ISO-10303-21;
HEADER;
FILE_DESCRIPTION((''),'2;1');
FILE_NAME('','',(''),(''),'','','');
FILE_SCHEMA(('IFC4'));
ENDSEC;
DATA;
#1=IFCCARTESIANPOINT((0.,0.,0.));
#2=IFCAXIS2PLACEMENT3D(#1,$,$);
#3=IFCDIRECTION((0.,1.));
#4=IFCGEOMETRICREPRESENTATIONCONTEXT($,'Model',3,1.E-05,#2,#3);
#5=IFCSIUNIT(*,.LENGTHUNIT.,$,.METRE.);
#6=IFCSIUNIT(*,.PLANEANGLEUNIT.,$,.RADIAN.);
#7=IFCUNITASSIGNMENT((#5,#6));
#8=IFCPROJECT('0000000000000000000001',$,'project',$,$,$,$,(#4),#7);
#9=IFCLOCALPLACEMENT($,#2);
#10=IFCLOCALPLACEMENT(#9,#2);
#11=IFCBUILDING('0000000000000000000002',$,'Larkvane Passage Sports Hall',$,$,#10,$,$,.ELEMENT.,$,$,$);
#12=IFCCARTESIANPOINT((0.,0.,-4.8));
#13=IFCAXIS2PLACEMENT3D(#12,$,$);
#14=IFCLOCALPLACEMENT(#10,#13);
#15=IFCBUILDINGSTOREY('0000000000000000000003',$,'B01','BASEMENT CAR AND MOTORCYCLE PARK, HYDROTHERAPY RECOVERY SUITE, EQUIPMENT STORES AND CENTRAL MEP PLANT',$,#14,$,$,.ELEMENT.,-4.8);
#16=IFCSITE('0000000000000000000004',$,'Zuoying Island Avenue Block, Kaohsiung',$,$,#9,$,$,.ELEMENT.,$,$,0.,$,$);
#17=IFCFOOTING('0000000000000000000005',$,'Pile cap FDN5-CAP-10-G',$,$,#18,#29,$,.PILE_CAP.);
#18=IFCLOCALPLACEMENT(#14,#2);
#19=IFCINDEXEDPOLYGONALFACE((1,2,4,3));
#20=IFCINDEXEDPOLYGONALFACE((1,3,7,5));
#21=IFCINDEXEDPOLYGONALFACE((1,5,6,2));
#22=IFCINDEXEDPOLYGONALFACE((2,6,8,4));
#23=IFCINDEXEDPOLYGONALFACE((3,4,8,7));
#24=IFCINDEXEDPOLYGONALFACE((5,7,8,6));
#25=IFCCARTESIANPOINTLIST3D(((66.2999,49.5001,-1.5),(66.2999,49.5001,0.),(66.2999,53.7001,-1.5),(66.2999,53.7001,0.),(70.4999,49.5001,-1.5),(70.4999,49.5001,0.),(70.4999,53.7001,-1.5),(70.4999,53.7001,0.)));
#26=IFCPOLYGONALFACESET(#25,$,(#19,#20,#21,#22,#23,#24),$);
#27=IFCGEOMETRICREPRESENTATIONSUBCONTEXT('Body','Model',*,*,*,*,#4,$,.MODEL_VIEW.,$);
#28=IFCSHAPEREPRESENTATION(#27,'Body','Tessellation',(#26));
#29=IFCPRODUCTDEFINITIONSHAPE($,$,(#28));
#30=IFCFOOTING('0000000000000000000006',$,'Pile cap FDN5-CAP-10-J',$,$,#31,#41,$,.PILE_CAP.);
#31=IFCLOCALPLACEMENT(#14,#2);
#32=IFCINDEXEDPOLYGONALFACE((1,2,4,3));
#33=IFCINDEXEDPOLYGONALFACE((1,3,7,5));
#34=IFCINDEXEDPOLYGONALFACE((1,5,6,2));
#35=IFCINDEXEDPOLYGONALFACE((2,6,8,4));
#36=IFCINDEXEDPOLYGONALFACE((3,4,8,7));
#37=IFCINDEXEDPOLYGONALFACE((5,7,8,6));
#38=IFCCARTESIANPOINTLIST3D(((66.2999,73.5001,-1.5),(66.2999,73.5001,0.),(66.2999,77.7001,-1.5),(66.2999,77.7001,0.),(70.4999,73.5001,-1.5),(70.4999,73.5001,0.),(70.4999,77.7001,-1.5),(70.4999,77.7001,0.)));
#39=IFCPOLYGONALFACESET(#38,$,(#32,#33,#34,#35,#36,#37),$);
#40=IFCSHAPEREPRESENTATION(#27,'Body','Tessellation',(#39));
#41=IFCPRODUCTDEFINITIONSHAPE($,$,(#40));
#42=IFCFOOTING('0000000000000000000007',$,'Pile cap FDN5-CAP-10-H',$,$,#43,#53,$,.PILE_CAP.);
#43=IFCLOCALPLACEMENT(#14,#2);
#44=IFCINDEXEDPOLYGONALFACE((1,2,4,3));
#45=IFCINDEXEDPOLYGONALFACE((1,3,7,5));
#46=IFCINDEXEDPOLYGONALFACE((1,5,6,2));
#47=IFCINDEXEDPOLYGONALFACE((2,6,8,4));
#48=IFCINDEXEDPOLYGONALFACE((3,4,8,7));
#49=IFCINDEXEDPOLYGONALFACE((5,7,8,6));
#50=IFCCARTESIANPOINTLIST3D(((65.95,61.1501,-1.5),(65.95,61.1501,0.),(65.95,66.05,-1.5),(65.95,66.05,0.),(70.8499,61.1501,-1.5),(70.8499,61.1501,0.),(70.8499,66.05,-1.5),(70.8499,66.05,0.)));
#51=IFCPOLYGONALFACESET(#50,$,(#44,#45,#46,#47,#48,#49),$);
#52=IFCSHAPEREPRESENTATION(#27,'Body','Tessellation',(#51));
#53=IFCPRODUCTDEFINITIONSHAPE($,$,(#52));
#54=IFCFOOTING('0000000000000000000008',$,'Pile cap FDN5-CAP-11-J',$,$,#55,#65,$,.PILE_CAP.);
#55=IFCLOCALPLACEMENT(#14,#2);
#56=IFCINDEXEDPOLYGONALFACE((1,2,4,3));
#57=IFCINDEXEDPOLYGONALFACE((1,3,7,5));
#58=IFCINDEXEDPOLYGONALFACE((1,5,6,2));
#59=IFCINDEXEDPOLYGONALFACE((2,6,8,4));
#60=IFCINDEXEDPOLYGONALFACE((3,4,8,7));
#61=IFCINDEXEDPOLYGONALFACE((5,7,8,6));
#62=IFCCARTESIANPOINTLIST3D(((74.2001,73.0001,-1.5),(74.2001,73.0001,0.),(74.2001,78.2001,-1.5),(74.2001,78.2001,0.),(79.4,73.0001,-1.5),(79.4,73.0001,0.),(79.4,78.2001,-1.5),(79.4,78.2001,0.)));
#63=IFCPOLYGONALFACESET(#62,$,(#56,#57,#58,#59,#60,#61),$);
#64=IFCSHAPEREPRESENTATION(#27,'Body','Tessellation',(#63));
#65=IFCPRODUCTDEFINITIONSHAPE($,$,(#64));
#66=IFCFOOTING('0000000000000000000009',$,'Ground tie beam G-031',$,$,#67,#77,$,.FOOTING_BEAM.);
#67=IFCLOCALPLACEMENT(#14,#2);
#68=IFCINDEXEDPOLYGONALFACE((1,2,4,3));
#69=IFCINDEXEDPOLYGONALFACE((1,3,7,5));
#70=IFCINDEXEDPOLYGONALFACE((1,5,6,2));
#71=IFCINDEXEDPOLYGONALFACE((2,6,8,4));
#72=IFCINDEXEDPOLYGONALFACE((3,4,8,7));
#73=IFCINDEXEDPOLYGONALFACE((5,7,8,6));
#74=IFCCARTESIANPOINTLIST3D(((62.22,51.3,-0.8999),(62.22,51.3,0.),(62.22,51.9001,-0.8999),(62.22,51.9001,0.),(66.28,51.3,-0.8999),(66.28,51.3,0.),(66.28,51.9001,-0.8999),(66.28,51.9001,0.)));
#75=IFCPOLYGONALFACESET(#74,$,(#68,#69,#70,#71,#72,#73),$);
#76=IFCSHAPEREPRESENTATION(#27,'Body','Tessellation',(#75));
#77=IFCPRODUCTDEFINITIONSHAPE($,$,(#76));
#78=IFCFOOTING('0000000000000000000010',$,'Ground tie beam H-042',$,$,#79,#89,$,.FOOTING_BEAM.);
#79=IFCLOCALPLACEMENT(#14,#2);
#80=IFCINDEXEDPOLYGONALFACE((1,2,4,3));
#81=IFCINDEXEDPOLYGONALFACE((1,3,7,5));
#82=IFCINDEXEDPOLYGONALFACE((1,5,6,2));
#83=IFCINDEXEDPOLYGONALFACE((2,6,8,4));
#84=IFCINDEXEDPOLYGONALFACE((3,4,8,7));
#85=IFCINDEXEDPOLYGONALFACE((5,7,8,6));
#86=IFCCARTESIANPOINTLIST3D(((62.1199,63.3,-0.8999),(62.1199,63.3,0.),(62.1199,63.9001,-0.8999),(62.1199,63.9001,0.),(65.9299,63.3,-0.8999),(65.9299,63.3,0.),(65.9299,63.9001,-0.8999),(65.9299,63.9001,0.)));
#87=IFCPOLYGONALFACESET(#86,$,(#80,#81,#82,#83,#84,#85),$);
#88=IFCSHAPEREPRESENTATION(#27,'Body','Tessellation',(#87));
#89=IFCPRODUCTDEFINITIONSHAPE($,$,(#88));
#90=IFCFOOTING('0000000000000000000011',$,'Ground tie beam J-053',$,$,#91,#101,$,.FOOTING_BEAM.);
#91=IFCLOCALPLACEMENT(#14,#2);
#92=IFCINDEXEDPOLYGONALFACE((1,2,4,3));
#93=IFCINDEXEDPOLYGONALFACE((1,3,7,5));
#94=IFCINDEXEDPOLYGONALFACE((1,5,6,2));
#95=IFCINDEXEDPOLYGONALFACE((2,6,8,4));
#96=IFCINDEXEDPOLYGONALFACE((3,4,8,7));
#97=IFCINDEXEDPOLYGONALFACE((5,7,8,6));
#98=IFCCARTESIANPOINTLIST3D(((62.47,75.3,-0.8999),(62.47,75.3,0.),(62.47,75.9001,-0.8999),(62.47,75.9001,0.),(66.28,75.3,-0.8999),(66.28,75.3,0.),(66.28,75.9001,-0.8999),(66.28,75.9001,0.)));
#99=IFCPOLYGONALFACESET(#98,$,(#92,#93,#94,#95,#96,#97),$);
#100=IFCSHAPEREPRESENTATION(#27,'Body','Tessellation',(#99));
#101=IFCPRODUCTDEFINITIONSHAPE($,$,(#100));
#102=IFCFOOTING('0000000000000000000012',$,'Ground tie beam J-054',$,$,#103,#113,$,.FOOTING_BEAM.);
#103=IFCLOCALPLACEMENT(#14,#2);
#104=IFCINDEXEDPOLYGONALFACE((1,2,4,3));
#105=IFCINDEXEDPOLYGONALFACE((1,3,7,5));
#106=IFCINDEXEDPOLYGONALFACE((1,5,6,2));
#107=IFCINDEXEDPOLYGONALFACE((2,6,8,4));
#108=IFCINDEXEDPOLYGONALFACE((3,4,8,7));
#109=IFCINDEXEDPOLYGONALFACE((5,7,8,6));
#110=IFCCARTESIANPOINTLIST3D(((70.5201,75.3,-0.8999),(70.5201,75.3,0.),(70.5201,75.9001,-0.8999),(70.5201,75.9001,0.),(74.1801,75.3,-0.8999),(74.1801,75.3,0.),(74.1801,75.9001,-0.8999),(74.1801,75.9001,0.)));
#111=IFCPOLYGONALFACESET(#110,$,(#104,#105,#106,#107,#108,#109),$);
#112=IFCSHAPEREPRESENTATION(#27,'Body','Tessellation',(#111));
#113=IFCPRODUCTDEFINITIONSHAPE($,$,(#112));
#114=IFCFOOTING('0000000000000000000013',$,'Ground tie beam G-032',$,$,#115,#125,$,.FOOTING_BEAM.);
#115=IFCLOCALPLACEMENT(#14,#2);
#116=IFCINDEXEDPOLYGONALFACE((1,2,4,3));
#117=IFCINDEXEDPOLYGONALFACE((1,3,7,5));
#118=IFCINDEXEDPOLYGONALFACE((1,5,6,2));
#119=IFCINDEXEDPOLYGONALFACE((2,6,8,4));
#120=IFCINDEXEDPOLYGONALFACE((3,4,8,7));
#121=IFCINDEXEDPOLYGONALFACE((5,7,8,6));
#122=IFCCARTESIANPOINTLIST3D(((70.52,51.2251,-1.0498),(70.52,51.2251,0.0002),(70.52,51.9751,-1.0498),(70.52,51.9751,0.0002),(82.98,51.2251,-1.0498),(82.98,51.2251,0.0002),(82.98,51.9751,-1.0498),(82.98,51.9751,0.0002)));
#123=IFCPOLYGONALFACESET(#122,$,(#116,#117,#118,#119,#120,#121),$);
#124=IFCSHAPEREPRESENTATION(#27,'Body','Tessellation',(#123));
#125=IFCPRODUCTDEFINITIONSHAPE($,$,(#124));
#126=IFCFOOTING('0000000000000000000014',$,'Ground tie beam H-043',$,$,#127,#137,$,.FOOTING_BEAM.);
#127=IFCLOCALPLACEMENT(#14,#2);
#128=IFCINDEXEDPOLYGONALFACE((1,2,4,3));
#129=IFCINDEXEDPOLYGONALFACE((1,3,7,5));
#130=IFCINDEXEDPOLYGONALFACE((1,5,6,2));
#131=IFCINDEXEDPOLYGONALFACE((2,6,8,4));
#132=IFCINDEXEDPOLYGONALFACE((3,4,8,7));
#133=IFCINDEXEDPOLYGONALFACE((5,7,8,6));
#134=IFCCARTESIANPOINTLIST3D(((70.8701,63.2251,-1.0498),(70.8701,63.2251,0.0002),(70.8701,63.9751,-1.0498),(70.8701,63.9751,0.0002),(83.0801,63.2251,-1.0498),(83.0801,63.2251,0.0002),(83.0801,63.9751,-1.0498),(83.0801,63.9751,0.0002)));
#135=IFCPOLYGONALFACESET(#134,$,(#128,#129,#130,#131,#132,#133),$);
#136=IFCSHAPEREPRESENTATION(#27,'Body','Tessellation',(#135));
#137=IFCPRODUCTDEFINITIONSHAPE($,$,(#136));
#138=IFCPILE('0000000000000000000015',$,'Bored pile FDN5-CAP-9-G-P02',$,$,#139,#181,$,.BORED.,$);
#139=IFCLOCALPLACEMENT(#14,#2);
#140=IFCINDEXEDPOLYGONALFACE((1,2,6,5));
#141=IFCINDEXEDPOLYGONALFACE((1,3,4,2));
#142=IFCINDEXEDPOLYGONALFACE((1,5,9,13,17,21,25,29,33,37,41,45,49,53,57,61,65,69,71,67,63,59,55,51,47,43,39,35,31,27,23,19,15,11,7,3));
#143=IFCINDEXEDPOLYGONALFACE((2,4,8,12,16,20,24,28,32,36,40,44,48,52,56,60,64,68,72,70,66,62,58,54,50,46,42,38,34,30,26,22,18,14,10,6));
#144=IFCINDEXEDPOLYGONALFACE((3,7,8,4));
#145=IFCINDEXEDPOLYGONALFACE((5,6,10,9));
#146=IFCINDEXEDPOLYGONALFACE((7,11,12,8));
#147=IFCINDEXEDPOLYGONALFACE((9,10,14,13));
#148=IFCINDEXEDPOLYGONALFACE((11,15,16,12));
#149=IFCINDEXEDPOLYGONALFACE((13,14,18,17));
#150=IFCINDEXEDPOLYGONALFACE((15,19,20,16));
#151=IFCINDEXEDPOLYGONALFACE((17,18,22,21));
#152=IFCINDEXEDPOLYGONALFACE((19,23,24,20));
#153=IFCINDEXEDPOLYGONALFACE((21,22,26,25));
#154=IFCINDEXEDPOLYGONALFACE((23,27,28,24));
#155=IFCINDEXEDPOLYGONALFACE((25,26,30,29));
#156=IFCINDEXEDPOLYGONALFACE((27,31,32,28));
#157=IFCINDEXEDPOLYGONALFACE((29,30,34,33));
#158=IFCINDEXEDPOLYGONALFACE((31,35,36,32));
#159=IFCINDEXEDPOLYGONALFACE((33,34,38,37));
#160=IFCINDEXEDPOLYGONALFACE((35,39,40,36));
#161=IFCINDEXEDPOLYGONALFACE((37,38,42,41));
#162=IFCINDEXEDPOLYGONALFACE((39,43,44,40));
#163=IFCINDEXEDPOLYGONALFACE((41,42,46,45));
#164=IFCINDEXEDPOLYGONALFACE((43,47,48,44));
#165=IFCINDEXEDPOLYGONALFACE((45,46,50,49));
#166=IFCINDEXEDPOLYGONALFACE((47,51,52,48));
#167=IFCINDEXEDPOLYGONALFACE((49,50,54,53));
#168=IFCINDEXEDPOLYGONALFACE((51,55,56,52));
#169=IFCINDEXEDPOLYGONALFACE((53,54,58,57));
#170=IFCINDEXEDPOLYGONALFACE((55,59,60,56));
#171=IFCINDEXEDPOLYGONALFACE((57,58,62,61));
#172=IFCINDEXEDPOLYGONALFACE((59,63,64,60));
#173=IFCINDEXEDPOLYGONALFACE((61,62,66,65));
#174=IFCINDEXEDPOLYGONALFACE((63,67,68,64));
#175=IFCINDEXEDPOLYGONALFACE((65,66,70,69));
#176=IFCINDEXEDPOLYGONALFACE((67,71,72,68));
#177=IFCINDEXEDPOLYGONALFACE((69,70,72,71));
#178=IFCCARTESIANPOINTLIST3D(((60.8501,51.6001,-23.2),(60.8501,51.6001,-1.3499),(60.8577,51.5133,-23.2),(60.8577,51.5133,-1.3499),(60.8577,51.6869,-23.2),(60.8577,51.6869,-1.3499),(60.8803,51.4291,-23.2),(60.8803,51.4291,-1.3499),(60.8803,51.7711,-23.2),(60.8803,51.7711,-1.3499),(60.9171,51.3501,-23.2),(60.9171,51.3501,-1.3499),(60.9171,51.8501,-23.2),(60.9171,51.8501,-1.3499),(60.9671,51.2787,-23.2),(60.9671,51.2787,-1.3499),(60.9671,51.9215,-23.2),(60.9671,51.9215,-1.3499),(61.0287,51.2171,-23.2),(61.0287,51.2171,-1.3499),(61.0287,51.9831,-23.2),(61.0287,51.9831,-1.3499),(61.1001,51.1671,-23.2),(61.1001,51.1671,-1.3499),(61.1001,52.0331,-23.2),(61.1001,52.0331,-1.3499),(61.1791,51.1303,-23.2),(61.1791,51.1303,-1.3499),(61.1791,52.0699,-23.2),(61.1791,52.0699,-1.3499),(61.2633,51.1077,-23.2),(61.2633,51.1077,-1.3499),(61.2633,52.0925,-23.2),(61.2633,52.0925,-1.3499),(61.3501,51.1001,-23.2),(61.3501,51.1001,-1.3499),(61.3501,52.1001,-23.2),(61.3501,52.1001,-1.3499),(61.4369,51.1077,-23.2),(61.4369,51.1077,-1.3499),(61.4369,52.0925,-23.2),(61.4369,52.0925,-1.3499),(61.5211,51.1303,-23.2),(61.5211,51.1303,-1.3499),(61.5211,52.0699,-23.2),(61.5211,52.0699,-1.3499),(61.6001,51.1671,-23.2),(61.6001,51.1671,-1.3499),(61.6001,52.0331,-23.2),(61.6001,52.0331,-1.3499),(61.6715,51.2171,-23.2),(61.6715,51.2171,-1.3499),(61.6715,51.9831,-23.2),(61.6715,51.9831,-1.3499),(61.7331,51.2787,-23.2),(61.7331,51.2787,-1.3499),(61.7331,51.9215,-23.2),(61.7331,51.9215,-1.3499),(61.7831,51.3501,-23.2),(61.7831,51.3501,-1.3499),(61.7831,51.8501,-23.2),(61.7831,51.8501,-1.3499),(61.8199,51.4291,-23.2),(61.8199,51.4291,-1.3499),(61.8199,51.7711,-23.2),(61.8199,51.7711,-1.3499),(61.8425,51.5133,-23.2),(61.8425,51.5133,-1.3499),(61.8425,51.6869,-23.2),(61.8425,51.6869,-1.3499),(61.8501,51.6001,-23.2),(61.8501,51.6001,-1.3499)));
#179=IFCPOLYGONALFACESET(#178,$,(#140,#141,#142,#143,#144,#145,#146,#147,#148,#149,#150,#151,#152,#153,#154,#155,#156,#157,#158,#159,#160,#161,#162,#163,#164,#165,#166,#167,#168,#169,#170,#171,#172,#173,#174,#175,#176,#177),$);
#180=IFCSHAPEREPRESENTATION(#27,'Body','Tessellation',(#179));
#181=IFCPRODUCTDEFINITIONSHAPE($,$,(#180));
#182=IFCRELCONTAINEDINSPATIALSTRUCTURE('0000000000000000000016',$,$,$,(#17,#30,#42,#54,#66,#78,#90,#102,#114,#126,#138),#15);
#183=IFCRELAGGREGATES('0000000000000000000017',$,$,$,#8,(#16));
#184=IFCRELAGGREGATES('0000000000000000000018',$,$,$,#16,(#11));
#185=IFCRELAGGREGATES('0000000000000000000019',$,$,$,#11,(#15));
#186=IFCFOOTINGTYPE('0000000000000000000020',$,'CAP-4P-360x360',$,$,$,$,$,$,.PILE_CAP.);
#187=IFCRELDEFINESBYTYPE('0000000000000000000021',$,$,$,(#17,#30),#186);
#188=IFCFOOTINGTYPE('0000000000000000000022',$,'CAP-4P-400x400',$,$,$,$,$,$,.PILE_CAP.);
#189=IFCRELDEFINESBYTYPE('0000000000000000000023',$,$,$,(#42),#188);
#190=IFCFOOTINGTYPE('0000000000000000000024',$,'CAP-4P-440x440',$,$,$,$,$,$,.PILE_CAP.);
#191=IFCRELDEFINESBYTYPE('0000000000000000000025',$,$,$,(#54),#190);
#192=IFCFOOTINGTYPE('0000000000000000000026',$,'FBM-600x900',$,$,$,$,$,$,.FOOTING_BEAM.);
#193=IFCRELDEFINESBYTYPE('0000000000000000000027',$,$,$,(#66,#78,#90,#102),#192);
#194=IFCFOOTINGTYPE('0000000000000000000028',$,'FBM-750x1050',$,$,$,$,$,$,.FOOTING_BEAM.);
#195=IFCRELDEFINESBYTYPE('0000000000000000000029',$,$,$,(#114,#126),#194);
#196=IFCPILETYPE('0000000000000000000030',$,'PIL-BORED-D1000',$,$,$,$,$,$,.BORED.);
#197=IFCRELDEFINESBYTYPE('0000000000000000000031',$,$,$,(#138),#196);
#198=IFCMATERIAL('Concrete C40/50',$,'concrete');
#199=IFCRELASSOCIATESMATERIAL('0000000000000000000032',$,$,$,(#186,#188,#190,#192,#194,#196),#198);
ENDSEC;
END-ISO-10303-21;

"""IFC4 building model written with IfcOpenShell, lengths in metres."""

from ifc_helpers import new_model, si_unit, direction, frame, origin, origin_2d, place, context, subcontext, project, spatial, rectangle, circle, extrude, material, material_profile, profile_set, type_object, element, save


model = new_model("IFC4")

# Units and contexts
model_context = context("Model", 3, precision=1e-05, world=origin(), true_north=direction((0.0, 1.0)))
body_context = subcontext(model_context, "Body", "Model", "MODEL_VIEW")
ifc_project = project(units=[si_unit("LENGTHUNIT", "METRE"), si_unit("PLANEANGLEUNIT", "RADIAN")], contexts=[model_context])

# Site, building, storey
site_placement = place(None, origin())
site = spatial("IfcSite", under=ifc_project, at=site_placement, Name="Zuoying Island Avenue Block, Kaohsiung", CompositionType="ELEMENT", RefElevation=0.0)
building_placement = place(site_placement, origin())
building = spatial("IfcBuilding", under=site, at=building_placement, Name="Larkvane Passage Sports Hall", CompositionType="ELEMENT")
storey_placement = place(building_placement, frame((0.0, 0.0, -4.8)))
storey = spatial("IfcBuildingStorey", under=building, at=storey_placement, Name="B01", Description="BASEMENT CAR AND MOTORCYCLE PARK, HYDROTHERAPY RECOVERY SUITE, EQUIPMENT STORES AND CENTRAL MEP PLANT", CompositionType="ELEMENT", Elevation=-4.8)

# Footings
ifc_material_1 = material(Name="Concrete C40/50", Category="concrete")
footing_type_1 = type_object("IfcFootingType", Name="CAP-4P-360x360", PredefinedType="PILE_CAP", material=ifc_material_1)
for number, where, z_axis, x_axis, name in (
    (1, (68.3999, 51.6001, -1.5), (0.0, 0.0, 1.0), (1.0, 0.0, 0.0), "Pile cap FDN5-CAP-10-G"),
    (2, (68.3999, 75.6001, -1.5), (0.0, 0.0, 1.0), (1.0, 0.0, 0.0), "Pile cap FDN5-CAP-10-J"),
):
    element("IfcFooting", number, at=place(storey_placement, frame(where, z_axis=z_axis, x_axis=x_axis)), inside=storey, type_object=footing_type_1, Name=name, PredefinedType="PILE_CAP", context=body_context, shape_type="SweptSolid", body=[
        extrude(rectangle(XDim=4.2, YDim=4.2, at=origin_2d()), origin(), (0.0, 0.0, 1.0), 1.5),
    ])
footing_type_2 = type_object("IfcFootingType", Name="CAP-4P-400x400", PredefinedType="PILE_CAP", material=ifc_material_1)
footing_1_placement = place(storey_placement, frame((68.3999, 63.6001, -1.5), z_axis=(0.0, 0.0, 1.0), x_axis=(1.0, 0.0, 0.0)))
element("IfcFooting", 3, at=footing_1_placement, inside=storey, type_object=footing_type_2, Name="Pile cap FDN5-CAP-10-H", PredefinedType="PILE_CAP", context=body_context, shape_type="SweptSolid", body=[
    extrude(rectangle(XDim=4.8999, YDim=4.8999, at=origin_2d()), origin(), (0.0, 0.0, 1.0), 1.5),
])
footing_type_3 = type_object("IfcFootingType", Name="CAP-4P-440x440", PredefinedType="PILE_CAP", material=ifc_material_1)
footing_2_placement = place(storey_placement, frame((76.8, 75.6001, -1.5), z_axis=(0.0, 0.0, 1.0), x_axis=(1.0, 0.0, 0.0)))
element("IfcFooting", 4, at=footing_2_placement, inside=storey, type_object=footing_type_3, Name="Pile cap FDN5-CAP-11-J", PredefinedType="PILE_CAP", context=body_context, shape_type="SweptSolid", body=[
    extrude(rectangle(XDim=5.2, YDim=5.2, at=origin_2d()), origin(), (0.0, 0.0, 1.0), 1.5),
])
footing_type_4 = type_object("IfcFootingType", Name="FBM-600x900", PredefinedType="FOOTING_BEAM", material=ifc_material_1)
footing_3_placement = place(storey_placement, frame((64.25, 51.6001, -0.8999), z_axis=(0.0, 0.0, 1.0), x_axis=(1.0, 0.0, 0.0)))
element("IfcFooting", 5, at=footing_3_placement, inside=storey, type_object=footing_type_4, Name="Ground tie beam G-031", PredefinedType="FOOTING_BEAM", context=body_context, shape_type="SweptSolid", body=[
    extrude(rectangle(XDim=4.0601, YDim=0.6001, at=origin_2d()), origin(), (0.0, 0.0, 1.0), 0.8999),
])
for number, where, z_axis, x_axis, name in (
    (6, (64.0249, 63.6001, -0.8999), (0.0, 0.0, 1.0), (1.0, 0.0, 0.0), "Ground tie beam H-042"),
    (7, (64.375, 75.6001, -0.8999), (0.0, 0.0, 1.0), (1.0, 0.0, 0.0), "Ground tie beam J-053"),
):
    element("IfcFooting", number, at=place(storey_placement, frame(where, z_axis=z_axis, x_axis=x_axis)), inside=storey, type_object=footing_type_4, Name=name, PredefinedType="FOOTING_BEAM", context=body_context, shape_type="SweptSolid", body=[
        extrude(rectangle(XDim=3.8101, YDim=0.6001, at=origin_2d()), origin(), (0.0, 0.0, 1.0), 0.8999),
    ])
footing_4_placement = place(storey_placement, frame((72.3501, 75.6001, -0.8999), z_axis=(0.0, 0.0, 1.0), x_axis=(1.0, 0.0, 0.0)))
element("IfcFooting", 8, at=footing_4_placement, inside=storey, type_object=footing_type_4, Name="Ground tie beam J-054", PredefinedType="FOOTING_BEAM", context=body_context, shape_type="SweptSolid", body=[
    extrude(rectangle(XDim=3.6599, YDim=0.6001, at=origin_2d()), origin(), (0.0, 0.0, 1.0), 0.8999),
])
footing_type_5 = type_object("IfcFootingType", Name="FBM-750x1050", PredefinedType="FOOTING_BEAM", material=ifc_material_1)
footing_5_placement = place(storey_placement, frame((76.75, 51.6001, -1.0498), z_axis=(0.0, 0.0, 1.0), x_axis=(1.0, 0.0, 0.0)))
element("IfcFooting", 9, at=footing_5_placement, inside=storey, type_object=footing_type_5, Name="Ground tie beam G-032", PredefinedType="FOOTING_BEAM", context=body_context, shape_type="SweptSolid", body=[
    extrude(rectangle(XDim=12.46, YDim=0.75, at=origin_2d()), origin(), (0.0, 0.0, 1.0), 1.05),
])
footing_6_placement = place(storey_placement, frame((76.9751, 63.6001, -1.0498), z_axis=(0.0, 0.0, 1.0), x_axis=(1.0, 0.0, 0.0)))
element("IfcFooting", 10, at=footing_6_placement, inside=storey, type_object=footing_type_5, Name="Ground tie beam H-043", PredefinedType="FOOTING_BEAM", context=body_context, shape_type="SweptSolid", body=[
    extrude(rectangle(XDim=12.21, YDim=0.75, at=origin_2d()), origin(), (0.0, 0.0, 1.0), 1.05),
])

# Pile
ifc_material_profile_1 = material_profile(ifc_material_1, circle(Radius=0.5, at=origin_2d()), Name="PILE-D1000")
ifc_profile_set_1 = profile_set([ifc_material_profile_1], Name="Concrete C40/50")
pile_type_1 = type_object("IfcPileType", Name="PIL-BORED-D1000", PredefinedType="BORED", material=ifc_profile_set_1)
for number, where, z_axis, x_axis, name in (
    (11, (61.3501, 51.6001, -1.3499), (0.0, 0.0, -1.0), (1.0, 0.0, 0.0), "Bored pile FDN5-CAP-9-G-P02"),
):
    element("IfcPile", number, at=place(storey_placement, frame(where, z_axis=z_axis, x_axis=x_axis)), inside=storey, type_object=pile_type_1, Name=name, PredefinedType="BORED", context=body_context, shape_type="SweptSolid", body=[
        extrude(circle(Radius=0.5, at=origin_2d()), origin(), (0.0, 0.0, 1.0), 21.8501),
    ])

save(model, "model.ifc")
